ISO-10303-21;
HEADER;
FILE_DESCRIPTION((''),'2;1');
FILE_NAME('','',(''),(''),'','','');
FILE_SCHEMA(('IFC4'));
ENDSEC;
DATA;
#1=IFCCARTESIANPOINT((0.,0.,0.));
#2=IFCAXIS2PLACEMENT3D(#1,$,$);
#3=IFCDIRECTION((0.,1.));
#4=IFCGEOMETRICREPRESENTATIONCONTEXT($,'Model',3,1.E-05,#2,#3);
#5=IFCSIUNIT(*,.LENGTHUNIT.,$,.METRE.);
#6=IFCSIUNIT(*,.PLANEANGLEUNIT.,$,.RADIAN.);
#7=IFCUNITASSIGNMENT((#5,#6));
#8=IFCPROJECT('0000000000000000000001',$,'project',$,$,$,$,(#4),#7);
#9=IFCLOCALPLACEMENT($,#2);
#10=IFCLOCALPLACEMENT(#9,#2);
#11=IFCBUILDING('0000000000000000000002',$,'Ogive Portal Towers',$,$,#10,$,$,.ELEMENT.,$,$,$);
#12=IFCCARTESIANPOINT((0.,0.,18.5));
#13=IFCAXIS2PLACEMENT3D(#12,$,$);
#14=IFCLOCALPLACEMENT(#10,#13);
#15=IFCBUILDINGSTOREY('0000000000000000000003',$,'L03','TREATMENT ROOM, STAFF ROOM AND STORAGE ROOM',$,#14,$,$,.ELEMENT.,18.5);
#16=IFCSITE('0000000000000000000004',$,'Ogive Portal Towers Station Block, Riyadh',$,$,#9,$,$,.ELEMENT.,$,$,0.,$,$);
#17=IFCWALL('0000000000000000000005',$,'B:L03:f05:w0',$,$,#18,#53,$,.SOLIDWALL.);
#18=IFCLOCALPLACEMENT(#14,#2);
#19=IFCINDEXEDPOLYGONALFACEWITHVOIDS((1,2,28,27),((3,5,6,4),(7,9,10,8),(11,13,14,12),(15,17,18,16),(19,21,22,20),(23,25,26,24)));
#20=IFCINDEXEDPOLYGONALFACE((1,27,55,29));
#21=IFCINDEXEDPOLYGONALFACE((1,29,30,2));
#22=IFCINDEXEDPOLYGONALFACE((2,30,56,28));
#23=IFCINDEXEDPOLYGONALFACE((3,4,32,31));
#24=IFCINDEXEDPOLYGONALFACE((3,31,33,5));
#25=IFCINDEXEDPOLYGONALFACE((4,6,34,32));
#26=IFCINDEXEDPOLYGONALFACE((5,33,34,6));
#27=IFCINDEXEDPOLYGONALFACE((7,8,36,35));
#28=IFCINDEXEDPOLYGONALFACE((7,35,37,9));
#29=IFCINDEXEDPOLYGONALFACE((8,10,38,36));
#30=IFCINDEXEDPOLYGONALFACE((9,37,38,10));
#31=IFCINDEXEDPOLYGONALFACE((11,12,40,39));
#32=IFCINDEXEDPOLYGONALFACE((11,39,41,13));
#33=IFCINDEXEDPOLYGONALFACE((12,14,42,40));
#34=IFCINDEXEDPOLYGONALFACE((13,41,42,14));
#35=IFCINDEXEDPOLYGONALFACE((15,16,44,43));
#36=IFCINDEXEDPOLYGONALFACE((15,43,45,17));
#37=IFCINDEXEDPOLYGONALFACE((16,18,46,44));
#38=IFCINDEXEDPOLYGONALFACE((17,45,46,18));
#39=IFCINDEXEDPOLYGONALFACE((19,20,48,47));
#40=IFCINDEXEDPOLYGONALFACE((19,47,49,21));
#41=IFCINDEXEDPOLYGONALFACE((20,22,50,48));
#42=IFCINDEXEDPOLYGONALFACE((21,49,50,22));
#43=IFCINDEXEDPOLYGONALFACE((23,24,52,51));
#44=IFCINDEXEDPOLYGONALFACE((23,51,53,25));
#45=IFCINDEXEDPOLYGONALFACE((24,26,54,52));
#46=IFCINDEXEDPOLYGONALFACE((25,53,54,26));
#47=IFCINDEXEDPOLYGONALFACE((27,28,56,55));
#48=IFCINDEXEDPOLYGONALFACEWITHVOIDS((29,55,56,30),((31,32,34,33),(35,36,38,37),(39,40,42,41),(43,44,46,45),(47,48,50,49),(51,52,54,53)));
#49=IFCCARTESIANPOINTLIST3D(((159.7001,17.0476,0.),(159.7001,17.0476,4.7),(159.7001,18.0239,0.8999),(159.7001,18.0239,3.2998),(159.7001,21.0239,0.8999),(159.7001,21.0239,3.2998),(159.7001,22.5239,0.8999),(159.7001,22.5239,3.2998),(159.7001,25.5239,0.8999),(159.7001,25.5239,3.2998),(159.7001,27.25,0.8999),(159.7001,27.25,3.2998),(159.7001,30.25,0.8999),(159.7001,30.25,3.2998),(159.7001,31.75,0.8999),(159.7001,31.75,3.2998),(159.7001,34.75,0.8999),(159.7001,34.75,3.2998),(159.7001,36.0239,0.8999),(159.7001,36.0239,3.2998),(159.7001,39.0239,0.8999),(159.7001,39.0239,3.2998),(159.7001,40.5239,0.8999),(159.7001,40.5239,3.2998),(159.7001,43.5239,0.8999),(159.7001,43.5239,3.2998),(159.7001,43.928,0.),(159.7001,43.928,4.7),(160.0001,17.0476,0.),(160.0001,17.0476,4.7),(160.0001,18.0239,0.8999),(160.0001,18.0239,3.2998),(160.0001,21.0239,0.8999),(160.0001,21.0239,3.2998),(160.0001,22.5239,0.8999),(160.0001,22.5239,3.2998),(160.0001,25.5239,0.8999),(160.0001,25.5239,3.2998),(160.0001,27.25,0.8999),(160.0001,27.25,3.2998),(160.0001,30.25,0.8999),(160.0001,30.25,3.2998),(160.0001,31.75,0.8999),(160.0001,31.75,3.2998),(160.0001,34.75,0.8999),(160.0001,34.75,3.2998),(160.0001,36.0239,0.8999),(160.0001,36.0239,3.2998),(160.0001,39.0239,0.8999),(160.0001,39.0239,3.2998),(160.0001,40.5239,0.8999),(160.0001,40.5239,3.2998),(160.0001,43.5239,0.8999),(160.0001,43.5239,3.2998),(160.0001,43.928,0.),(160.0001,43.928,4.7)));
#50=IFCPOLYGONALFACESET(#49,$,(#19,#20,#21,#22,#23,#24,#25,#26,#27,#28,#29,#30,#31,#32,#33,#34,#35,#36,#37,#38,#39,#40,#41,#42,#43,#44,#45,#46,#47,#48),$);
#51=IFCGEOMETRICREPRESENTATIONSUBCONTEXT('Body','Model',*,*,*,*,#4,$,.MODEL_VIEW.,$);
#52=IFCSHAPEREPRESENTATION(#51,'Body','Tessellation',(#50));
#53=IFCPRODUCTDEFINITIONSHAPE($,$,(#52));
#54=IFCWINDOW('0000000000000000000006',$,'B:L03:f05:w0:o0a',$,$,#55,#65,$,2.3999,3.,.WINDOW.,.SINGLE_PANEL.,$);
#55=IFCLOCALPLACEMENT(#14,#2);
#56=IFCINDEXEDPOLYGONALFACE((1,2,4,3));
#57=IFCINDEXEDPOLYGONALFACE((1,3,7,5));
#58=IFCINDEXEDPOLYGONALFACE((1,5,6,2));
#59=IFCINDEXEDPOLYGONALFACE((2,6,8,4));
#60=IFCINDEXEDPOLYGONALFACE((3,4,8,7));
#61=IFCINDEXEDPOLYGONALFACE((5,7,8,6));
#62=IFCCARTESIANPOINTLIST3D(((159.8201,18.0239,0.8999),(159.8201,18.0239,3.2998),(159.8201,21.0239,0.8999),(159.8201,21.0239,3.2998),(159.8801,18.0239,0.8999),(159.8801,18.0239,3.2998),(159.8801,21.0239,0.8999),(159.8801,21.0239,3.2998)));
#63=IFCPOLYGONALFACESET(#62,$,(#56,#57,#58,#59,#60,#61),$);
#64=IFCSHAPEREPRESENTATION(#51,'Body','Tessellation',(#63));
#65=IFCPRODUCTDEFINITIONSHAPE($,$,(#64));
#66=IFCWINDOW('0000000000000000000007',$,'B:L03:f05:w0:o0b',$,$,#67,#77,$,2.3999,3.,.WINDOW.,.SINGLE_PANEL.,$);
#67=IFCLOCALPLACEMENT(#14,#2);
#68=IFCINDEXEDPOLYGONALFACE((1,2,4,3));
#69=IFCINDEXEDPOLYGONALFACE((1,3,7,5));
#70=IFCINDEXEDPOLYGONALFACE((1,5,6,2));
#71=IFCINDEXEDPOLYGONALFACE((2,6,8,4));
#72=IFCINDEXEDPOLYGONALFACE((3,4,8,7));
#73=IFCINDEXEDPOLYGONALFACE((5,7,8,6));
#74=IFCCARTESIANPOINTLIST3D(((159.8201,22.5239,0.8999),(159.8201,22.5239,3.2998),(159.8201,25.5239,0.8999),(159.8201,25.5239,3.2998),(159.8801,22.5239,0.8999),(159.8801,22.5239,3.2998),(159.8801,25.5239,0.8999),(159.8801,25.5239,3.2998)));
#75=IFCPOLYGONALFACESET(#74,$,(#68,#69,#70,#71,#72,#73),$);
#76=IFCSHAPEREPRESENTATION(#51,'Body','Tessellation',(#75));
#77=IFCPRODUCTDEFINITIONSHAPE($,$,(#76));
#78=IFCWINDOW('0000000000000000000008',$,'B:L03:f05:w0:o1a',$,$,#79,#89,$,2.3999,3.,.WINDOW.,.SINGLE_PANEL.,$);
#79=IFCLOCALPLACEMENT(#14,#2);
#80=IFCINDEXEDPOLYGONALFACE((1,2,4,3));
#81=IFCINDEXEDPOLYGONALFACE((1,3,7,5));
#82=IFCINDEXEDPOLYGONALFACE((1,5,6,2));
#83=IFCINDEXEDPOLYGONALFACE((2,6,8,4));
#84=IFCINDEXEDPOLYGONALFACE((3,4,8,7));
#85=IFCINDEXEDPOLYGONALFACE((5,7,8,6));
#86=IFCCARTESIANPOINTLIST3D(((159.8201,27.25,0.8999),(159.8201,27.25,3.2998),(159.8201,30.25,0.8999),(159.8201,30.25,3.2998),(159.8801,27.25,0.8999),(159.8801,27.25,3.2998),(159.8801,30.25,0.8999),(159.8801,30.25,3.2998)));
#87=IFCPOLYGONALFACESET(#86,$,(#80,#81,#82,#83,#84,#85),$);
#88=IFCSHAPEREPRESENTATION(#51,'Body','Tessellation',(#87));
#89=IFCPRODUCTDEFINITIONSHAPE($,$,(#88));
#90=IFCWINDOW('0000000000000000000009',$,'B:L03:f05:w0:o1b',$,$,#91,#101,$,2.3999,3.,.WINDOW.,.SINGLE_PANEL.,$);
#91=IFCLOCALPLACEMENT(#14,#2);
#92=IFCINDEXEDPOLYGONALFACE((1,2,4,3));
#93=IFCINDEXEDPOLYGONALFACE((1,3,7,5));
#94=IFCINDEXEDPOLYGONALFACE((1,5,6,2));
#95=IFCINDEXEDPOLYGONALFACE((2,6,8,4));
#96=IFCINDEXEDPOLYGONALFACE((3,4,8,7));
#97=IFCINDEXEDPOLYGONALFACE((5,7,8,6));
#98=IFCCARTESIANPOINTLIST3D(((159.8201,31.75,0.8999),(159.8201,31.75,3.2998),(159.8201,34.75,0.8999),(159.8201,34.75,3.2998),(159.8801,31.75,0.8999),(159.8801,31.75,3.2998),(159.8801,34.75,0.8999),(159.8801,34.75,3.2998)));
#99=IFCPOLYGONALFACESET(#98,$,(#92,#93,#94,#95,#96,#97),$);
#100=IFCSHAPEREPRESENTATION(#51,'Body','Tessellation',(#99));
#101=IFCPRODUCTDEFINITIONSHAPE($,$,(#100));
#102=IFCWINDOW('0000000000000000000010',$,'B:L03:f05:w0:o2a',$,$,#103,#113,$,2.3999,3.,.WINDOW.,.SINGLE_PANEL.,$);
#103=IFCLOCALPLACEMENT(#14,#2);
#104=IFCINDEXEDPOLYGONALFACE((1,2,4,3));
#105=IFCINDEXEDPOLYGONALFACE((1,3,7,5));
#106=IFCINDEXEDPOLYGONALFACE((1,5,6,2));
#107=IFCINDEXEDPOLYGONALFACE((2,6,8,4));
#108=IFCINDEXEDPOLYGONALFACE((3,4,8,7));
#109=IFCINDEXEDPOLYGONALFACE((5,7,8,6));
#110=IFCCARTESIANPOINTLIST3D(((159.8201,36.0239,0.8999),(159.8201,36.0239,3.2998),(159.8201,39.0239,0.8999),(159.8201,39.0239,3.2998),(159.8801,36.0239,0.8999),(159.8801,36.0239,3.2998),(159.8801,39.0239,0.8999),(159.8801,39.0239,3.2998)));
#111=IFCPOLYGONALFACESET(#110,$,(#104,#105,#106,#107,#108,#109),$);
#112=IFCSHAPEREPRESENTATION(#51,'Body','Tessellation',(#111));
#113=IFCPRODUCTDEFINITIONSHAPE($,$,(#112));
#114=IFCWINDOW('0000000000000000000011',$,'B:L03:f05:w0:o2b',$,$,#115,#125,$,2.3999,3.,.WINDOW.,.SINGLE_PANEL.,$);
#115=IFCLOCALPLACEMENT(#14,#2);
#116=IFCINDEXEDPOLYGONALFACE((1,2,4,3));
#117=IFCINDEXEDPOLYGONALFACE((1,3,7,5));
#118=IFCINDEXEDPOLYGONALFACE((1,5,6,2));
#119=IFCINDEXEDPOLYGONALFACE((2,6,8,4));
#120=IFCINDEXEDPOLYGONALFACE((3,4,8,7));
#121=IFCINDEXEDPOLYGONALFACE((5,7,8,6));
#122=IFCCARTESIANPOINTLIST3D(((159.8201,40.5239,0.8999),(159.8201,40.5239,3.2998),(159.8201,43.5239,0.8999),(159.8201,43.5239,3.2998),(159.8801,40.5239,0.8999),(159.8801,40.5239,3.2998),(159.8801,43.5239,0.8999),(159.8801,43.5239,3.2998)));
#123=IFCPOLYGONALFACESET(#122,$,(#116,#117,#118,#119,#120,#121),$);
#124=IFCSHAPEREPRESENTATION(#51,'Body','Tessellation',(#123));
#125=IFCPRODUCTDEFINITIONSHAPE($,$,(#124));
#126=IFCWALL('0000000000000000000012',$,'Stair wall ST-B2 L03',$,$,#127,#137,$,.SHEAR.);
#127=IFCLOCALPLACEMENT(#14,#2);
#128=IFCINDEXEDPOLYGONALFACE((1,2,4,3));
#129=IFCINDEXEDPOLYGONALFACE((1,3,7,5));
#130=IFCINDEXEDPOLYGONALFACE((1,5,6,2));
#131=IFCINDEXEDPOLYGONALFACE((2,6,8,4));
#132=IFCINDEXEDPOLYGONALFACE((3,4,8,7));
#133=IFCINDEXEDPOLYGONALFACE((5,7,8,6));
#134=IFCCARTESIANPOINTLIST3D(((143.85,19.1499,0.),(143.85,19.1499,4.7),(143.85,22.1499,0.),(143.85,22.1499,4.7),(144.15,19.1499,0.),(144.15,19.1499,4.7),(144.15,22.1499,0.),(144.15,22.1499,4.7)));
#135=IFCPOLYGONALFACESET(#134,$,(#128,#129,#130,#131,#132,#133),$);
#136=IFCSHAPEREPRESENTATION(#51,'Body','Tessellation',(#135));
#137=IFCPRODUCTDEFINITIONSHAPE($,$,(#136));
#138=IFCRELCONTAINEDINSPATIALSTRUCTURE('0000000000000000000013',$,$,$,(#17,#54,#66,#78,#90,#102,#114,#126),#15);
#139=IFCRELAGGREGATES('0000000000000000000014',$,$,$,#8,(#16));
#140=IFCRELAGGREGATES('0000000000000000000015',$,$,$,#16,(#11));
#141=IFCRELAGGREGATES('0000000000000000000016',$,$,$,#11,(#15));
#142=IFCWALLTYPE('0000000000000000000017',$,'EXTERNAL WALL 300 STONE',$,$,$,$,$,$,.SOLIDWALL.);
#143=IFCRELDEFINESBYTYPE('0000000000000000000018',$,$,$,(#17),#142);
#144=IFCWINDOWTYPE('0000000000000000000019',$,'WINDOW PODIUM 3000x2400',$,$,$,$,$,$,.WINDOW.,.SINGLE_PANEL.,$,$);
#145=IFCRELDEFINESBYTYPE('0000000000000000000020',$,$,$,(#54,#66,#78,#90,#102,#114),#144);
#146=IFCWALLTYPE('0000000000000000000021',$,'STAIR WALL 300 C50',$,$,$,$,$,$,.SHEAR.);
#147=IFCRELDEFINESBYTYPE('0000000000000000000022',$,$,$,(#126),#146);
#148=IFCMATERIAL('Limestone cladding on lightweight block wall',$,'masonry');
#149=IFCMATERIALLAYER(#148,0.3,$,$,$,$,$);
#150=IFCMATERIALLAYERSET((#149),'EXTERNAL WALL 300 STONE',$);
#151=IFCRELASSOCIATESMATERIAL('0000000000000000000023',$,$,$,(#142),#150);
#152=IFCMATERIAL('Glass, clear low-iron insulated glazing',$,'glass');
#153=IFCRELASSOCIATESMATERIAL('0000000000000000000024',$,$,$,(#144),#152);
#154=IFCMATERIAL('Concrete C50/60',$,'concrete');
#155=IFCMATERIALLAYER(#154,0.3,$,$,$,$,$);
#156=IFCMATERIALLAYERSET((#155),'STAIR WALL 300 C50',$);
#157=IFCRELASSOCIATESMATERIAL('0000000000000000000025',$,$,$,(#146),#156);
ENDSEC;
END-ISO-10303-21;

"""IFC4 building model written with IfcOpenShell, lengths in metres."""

from ifc_helpers import new_model, si_unit, direction, frame, frame_2d, origin, place, context, subcontext, project, spatial, rectangle, extrude, material, layer, layer_set, type_object, element, fill, save


model = new_model("IFC4")

# Units and contexts
model_context = context("Model", 3, precision=1e-05, world=origin(), true_north=direction((0.0, 1.0)))
body_context = subcontext(model_context, "Body", "Model", "MODEL_VIEW")
ifc_project = project(units=[si_unit("LENGTHUNIT", "METRE"), si_unit("PLANEANGLEUNIT", "RADIAN")], contexts=[model_context])

# Site, building, storey
site_placement = place(None, origin())
site = spatial("IfcSite", under=ifc_project, at=site_placement, Name="Ogive Portal Towers Station Block, Riyadh", CompositionType="ELEMENT", RefElevation=0.0)
building_placement = place(site_placement, origin())
building = spatial("IfcBuilding", under=site, at=building_placement, Name="Ogive Portal Towers", CompositionType="ELEMENT")
storey_placement = place(building_placement, frame((0.0, 0.0, 18.5)))
storey = spatial("IfcBuildingStorey", under=building, at=storey_placement, Name="L03", Description="TREATMENT ROOM, STAFF ROOM AND STORAGE ROOM", CompositionType="ELEMENT", Elevation=18.5)

# Shared definitions
ifc_material_1 = material(Name="Concrete C50/60", Category="concrete")

# Shared definitions
ifc_material_2 = material(Name="Limestone cladding on lightweight block wall", Category="masonry")
ifc_layer_1 = layer(ifc_material_2, 0.3)
ifc_layer_set_1 = layer_set([ifc_layer_1], Name="EXTERNAL WALL 300 STONE")
wall_type_1 = type_object("IfcWallType", Name="EXTERNAL WALL 300 STONE", PredefinedType="SOLIDWALL", material=ifc_layer_set_1)
ifc_material_3 = material(Name="Glass, clear low-iron insulated glazing", Category="glass")
window_type = type_object("IfcWindowType", Name="WINDOW PODIUM 3000x2400", PartitioningType="SINGLE_PANEL", PredefinedType="WINDOW", material=ifc_material_3)

# Wall, openings, windows
wall_1_placement = place(storey_placement, frame((159.8501, 17.0476, 0.0), z_axis=(0.0, 0.0, 1.0), x_axis=(0.0, 1.0, 0.0)))
wall_1 = element("IfcWall", 1, at=wall_1_placement, inside=storey, type_object=wall_type_1, Name="B:L03:f05:w0", PredefinedType="SOLIDWALL", context=body_context, shape_type="SweptSolid", body=[
    extrude(rectangle(XDim=26.8804, YDim=0.3, at=frame_2d((13.4402, 0.0))), origin(), (0.0, 0.0, 1.0), 4.7),
])
opening_1_placement = place(wall_1_placement, frame((0.9763, 0.0, 0.8999)))
opening_1 = element("IfcOpeningElement", 2, at=opening_1_placement, cuts=wall_1, PredefinedType="OPENING", context=body_context, shape_type="SweptSolid", body=[
    extrude(rectangle(XDim=3.0, YDim=2.3999, at=frame_2d((1.5, 1.2))), frame((0.0, 0.1602, 0.0), z_axis=(0.0, -1.0, 0.0), x_axis=(1.0, 0.0, 0.0)), (0.0, 0.0, 1.0), 0.3201),
])
opening_2_placement = place(wall_1_placement, frame((5.4763, 0.0, 0.8999)))
opening_2 = element("IfcOpeningElement", 3, at=opening_2_placement, cuts=wall_1, PredefinedType="OPENING", context=body_context, shape_type="SweptSolid", body=[
    extrude(rectangle(XDim=3.0, YDim=2.3999, at=frame_2d((1.5, 1.2))), frame((0.0, 0.1602, 0.0), z_axis=(0.0, -1.0, 0.0), x_axis=(1.0, 0.0, 0.0)), (0.0, 0.0, 1.0), 0.3201),
])
opening_3_placement = place(wall_1_placement, frame((10.2024, 0.0, 0.8999)))
opening_3 = element("IfcOpeningElement", 4, at=opening_3_placement, cuts=wall_1, PredefinedType="OPENING", context=body_context, shape_type="SweptSolid", body=[
    extrude(rectangle(XDim=3.0, YDim=2.3999, at=frame_2d((1.5, 1.2))), frame((0.0, 0.1602, 0.0), z_axis=(0.0, -1.0, 0.0), x_axis=(1.0, 0.0, 0.0)), (0.0, 0.0, 1.0), 0.3201),
])
opening_4_placement = place(wall_1_placement, frame((14.7024, 0.0, 0.8999)))
opening_4 = element("IfcOpeningElement", 5, at=opening_4_placement, cuts=wall_1, PredefinedType="OPENING", context=body_context, shape_type="SweptSolid", body=[
    extrude(rectangle(XDim=3.0, YDim=2.3999, at=frame_2d((1.5, 1.2))), frame((0.0, 0.1602, 0.0), z_axis=(0.0, -1.0, 0.0), x_axis=(1.0, 0.0, 0.0)), (0.0, 0.0, 1.0), 0.3201),
])
opening_5_placement = place(wall_1_placement, frame((18.9763, 0.0, 0.8999)))
opening_5 = element("IfcOpeningElement", 6, at=opening_5_placement, cuts=wall_1, PredefinedType="OPENING", context=body_context, shape_type="SweptSolid", body=[
    extrude(rectangle(XDim=3.0, YDim=2.3999, at=frame_2d((1.5, 1.2))), frame((0.0, 0.1602, 0.0), z_axis=(0.0, -1.0, 0.0), x_axis=(1.0, 0.0, 0.0)), (0.0, 0.0, 1.0), 0.3201),
])
opening_6_placement = place(wall_1_placement, frame((23.4763, 0.0, 0.8999)))
opening_6 = element("IfcOpeningElement", 7, at=opening_6_placement, cuts=wall_1, PredefinedType="OPENING", context=body_context, shape_type="SweptSolid", body=[
    extrude(rectangle(XDim=3.0, YDim=2.3999, at=frame_2d((1.5, 1.2))), frame((0.0, 0.1602, 0.0), z_axis=(0.0, -1.0, 0.0), x_axis=(1.0, 0.0, 0.0)), (0.0, 0.0, 1.0), 0.3201),
])
window_1_placement = place(opening_1_placement, origin())
window_1 = element("IfcWindow", 8, at=window_1_placement, inside=storey, type_object=window_type, Name="B:L03:f05:w0:o0a", OverallHeight=2.3999, OverallWidth=3.0, PartitioningType="SINGLE_PANEL", PredefinedType="WINDOW", context=body_context, shape_type="SweptSolid", body=[
    extrude(rectangle(XDim=3.0, YDim=2.3999, at=frame_2d((1.5, 1.2))), frame((0.0, 0.03, 0.0), z_axis=(0.0, -1.0, 0.0), x_axis=(1.0, 0.0, 0.0)), (0.0, 0.0, 1.0), 0.0601),
])
fill(opening_1, window_1)
window_2_placement = place(opening_2_placement, origin())
window_2 = element("IfcWindow", 9, at=window_2_placement, inside=storey, type_object=window_type, Name="B:L03:f05:w0:o0b", OverallHeight=2.3999, OverallWidth=3.0, PartitioningType="SINGLE_PANEL", PredefinedType="WINDOW", context=body_context, shape_type="SweptSolid", body=[
    extrude(rectangle(XDim=3.0, YDim=2.3999, at=frame_2d((1.5, 1.2))), frame((0.0, 0.03, 0.0), z_axis=(0.0, -1.0, 0.0), x_axis=(1.0, 0.0, 0.0)), (0.0, 0.0, 1.0), 0.0601),
])
fill(opening_2, window_2)
window_3_placement = place(opening_3_placement, origin())
window_3 = element("IfcWindow", 10, at=window_3_placement, inside=storey, type_object=window_type, Name="B:L03:f05:w0:o1a", OverallHeight=2.3999, OverallWidth=3.0, PartitioningType="SINGLE_PANEL", PredefinedType="WINDOW", context=body_context, shape_type="SweptSolid", body=[
    extrude(rectangle(XDim=3.0, YDim=2.3999, at=frame_2d((1.5, 1.2))), frame((0.0, 0.03, 0.0), z_axis=(0.0, -1.0, 0.0), x_axis=(1.0, 0.0, 0.0)), (0.0, 0.0, 1.0), 0.0601),
])
fill(opening_3, window_3)
window_4_placement = place(opening_4_placement, origin())
window_4 = element("IfcWindow", 11, at=window_4_placement, inside=storey, type_object=window_type, Name="B:L03:f05:w0:o1b", OverallHeight=2.3999, OverallWidth=3.0, PartitioningType="SINGLE_PANEL", PredefinedType="WINDOW", context=body_context, shape_type="SweptSolid", body=[
    extrude(rectangle(XDim=3.0, YDim=2.3999, at=frame_2d((1.5, 1.2))), frame((0.0, 0.03, 0.0), z_axis=(0.0, -1.0, 0.0), x_axis=(1.0, 0.0, 0.0)), (0.0, 0.0, 1.0), 0.0601),
])
fill(opening_4, window_4)
window_5_placement = place(opening_5_placement, origin())
window_5 = element("IfcWindow", 12, at=window_5_placement, inside=storey, type_object=window_type, Name="B:L03:f05:w0:o2a", OverallHeight=2.3999, OverallWidth=3.0, PartitioningType="SINGLE_PANEL", PredefinedType="WINDOW", context=body_context, shape_type="SweptSolid", body=[
    extrude(rectangle(XDim=3.0, YDim=2.3999, at=frame_2d((1.5, 1.2))), frame((0.0, 0.03, 0.0), z_axis=(0.0, -1.0, 0.0), x_axis=(1.0, 0.0, 0.0)), (0.0, 0.0, 1.0), 0.0601),
])
fill(opening_5, window_5)
window_6_placement = place(opening_6_placement, origin())
window_6 = element("IfcWindow", 13, at=window_6_placement, inside=storey, type_object=window_type, Name="B:L03:f05:w0:o2b", OverallHeight=2.3999, OverallWidth=3.0, PartitioningType="SINGLE_PANEL", PredefinedType="WINDOW", context=body_context, shape_type="SweptSolid", body=[
    extrude(rectangle(XDim=3.0, YDim=2.3999, at=frame_2d((1.5, 1.2))), frame((0.0, 0.03, 0.0), z_axis=(0.0, -1.0, 0.0), x_axis=(1.0, 0.0, 0.0)), (0.0, 0.0, 1.0), 0.0601),
])
fill(opening_6, window_6)

# Wall
ifc_layer_2 = layer(ifc_material_1, 0.3)
ifc_layer_set_2 = layer_set([ifc_layer_2], Name="STAIR WALL 300 C50")
wall_type_2 = type_object("IfcWallType", Name="STAIR WALL 300 C50", PredefinedType="SHEAR", material=ifc_layer_set_2)
wall_2_placement = place(storey_placement, frame((144.0, 19.1499, 0.0), z_axis=(0.0, 0.0, 1.0), x_axis=(0.0, 1.0, 0.0)))
element("IfcWall", 14, at=wall_2_placement, inside=storey, type_object=wall_type_2, Name="Stair wall ST-B2 L03", PredefinedType="SHEAR", context=body_context, shape_type="SweptSolid", body=[
    extrude(rectangle(XDim=3.0, YDim=0.3, at=frame_2d((1.5, 0.0))), origin(), (0.0, 0.0, 1.0), 4.7),
])

save(model, "model.ifc")
